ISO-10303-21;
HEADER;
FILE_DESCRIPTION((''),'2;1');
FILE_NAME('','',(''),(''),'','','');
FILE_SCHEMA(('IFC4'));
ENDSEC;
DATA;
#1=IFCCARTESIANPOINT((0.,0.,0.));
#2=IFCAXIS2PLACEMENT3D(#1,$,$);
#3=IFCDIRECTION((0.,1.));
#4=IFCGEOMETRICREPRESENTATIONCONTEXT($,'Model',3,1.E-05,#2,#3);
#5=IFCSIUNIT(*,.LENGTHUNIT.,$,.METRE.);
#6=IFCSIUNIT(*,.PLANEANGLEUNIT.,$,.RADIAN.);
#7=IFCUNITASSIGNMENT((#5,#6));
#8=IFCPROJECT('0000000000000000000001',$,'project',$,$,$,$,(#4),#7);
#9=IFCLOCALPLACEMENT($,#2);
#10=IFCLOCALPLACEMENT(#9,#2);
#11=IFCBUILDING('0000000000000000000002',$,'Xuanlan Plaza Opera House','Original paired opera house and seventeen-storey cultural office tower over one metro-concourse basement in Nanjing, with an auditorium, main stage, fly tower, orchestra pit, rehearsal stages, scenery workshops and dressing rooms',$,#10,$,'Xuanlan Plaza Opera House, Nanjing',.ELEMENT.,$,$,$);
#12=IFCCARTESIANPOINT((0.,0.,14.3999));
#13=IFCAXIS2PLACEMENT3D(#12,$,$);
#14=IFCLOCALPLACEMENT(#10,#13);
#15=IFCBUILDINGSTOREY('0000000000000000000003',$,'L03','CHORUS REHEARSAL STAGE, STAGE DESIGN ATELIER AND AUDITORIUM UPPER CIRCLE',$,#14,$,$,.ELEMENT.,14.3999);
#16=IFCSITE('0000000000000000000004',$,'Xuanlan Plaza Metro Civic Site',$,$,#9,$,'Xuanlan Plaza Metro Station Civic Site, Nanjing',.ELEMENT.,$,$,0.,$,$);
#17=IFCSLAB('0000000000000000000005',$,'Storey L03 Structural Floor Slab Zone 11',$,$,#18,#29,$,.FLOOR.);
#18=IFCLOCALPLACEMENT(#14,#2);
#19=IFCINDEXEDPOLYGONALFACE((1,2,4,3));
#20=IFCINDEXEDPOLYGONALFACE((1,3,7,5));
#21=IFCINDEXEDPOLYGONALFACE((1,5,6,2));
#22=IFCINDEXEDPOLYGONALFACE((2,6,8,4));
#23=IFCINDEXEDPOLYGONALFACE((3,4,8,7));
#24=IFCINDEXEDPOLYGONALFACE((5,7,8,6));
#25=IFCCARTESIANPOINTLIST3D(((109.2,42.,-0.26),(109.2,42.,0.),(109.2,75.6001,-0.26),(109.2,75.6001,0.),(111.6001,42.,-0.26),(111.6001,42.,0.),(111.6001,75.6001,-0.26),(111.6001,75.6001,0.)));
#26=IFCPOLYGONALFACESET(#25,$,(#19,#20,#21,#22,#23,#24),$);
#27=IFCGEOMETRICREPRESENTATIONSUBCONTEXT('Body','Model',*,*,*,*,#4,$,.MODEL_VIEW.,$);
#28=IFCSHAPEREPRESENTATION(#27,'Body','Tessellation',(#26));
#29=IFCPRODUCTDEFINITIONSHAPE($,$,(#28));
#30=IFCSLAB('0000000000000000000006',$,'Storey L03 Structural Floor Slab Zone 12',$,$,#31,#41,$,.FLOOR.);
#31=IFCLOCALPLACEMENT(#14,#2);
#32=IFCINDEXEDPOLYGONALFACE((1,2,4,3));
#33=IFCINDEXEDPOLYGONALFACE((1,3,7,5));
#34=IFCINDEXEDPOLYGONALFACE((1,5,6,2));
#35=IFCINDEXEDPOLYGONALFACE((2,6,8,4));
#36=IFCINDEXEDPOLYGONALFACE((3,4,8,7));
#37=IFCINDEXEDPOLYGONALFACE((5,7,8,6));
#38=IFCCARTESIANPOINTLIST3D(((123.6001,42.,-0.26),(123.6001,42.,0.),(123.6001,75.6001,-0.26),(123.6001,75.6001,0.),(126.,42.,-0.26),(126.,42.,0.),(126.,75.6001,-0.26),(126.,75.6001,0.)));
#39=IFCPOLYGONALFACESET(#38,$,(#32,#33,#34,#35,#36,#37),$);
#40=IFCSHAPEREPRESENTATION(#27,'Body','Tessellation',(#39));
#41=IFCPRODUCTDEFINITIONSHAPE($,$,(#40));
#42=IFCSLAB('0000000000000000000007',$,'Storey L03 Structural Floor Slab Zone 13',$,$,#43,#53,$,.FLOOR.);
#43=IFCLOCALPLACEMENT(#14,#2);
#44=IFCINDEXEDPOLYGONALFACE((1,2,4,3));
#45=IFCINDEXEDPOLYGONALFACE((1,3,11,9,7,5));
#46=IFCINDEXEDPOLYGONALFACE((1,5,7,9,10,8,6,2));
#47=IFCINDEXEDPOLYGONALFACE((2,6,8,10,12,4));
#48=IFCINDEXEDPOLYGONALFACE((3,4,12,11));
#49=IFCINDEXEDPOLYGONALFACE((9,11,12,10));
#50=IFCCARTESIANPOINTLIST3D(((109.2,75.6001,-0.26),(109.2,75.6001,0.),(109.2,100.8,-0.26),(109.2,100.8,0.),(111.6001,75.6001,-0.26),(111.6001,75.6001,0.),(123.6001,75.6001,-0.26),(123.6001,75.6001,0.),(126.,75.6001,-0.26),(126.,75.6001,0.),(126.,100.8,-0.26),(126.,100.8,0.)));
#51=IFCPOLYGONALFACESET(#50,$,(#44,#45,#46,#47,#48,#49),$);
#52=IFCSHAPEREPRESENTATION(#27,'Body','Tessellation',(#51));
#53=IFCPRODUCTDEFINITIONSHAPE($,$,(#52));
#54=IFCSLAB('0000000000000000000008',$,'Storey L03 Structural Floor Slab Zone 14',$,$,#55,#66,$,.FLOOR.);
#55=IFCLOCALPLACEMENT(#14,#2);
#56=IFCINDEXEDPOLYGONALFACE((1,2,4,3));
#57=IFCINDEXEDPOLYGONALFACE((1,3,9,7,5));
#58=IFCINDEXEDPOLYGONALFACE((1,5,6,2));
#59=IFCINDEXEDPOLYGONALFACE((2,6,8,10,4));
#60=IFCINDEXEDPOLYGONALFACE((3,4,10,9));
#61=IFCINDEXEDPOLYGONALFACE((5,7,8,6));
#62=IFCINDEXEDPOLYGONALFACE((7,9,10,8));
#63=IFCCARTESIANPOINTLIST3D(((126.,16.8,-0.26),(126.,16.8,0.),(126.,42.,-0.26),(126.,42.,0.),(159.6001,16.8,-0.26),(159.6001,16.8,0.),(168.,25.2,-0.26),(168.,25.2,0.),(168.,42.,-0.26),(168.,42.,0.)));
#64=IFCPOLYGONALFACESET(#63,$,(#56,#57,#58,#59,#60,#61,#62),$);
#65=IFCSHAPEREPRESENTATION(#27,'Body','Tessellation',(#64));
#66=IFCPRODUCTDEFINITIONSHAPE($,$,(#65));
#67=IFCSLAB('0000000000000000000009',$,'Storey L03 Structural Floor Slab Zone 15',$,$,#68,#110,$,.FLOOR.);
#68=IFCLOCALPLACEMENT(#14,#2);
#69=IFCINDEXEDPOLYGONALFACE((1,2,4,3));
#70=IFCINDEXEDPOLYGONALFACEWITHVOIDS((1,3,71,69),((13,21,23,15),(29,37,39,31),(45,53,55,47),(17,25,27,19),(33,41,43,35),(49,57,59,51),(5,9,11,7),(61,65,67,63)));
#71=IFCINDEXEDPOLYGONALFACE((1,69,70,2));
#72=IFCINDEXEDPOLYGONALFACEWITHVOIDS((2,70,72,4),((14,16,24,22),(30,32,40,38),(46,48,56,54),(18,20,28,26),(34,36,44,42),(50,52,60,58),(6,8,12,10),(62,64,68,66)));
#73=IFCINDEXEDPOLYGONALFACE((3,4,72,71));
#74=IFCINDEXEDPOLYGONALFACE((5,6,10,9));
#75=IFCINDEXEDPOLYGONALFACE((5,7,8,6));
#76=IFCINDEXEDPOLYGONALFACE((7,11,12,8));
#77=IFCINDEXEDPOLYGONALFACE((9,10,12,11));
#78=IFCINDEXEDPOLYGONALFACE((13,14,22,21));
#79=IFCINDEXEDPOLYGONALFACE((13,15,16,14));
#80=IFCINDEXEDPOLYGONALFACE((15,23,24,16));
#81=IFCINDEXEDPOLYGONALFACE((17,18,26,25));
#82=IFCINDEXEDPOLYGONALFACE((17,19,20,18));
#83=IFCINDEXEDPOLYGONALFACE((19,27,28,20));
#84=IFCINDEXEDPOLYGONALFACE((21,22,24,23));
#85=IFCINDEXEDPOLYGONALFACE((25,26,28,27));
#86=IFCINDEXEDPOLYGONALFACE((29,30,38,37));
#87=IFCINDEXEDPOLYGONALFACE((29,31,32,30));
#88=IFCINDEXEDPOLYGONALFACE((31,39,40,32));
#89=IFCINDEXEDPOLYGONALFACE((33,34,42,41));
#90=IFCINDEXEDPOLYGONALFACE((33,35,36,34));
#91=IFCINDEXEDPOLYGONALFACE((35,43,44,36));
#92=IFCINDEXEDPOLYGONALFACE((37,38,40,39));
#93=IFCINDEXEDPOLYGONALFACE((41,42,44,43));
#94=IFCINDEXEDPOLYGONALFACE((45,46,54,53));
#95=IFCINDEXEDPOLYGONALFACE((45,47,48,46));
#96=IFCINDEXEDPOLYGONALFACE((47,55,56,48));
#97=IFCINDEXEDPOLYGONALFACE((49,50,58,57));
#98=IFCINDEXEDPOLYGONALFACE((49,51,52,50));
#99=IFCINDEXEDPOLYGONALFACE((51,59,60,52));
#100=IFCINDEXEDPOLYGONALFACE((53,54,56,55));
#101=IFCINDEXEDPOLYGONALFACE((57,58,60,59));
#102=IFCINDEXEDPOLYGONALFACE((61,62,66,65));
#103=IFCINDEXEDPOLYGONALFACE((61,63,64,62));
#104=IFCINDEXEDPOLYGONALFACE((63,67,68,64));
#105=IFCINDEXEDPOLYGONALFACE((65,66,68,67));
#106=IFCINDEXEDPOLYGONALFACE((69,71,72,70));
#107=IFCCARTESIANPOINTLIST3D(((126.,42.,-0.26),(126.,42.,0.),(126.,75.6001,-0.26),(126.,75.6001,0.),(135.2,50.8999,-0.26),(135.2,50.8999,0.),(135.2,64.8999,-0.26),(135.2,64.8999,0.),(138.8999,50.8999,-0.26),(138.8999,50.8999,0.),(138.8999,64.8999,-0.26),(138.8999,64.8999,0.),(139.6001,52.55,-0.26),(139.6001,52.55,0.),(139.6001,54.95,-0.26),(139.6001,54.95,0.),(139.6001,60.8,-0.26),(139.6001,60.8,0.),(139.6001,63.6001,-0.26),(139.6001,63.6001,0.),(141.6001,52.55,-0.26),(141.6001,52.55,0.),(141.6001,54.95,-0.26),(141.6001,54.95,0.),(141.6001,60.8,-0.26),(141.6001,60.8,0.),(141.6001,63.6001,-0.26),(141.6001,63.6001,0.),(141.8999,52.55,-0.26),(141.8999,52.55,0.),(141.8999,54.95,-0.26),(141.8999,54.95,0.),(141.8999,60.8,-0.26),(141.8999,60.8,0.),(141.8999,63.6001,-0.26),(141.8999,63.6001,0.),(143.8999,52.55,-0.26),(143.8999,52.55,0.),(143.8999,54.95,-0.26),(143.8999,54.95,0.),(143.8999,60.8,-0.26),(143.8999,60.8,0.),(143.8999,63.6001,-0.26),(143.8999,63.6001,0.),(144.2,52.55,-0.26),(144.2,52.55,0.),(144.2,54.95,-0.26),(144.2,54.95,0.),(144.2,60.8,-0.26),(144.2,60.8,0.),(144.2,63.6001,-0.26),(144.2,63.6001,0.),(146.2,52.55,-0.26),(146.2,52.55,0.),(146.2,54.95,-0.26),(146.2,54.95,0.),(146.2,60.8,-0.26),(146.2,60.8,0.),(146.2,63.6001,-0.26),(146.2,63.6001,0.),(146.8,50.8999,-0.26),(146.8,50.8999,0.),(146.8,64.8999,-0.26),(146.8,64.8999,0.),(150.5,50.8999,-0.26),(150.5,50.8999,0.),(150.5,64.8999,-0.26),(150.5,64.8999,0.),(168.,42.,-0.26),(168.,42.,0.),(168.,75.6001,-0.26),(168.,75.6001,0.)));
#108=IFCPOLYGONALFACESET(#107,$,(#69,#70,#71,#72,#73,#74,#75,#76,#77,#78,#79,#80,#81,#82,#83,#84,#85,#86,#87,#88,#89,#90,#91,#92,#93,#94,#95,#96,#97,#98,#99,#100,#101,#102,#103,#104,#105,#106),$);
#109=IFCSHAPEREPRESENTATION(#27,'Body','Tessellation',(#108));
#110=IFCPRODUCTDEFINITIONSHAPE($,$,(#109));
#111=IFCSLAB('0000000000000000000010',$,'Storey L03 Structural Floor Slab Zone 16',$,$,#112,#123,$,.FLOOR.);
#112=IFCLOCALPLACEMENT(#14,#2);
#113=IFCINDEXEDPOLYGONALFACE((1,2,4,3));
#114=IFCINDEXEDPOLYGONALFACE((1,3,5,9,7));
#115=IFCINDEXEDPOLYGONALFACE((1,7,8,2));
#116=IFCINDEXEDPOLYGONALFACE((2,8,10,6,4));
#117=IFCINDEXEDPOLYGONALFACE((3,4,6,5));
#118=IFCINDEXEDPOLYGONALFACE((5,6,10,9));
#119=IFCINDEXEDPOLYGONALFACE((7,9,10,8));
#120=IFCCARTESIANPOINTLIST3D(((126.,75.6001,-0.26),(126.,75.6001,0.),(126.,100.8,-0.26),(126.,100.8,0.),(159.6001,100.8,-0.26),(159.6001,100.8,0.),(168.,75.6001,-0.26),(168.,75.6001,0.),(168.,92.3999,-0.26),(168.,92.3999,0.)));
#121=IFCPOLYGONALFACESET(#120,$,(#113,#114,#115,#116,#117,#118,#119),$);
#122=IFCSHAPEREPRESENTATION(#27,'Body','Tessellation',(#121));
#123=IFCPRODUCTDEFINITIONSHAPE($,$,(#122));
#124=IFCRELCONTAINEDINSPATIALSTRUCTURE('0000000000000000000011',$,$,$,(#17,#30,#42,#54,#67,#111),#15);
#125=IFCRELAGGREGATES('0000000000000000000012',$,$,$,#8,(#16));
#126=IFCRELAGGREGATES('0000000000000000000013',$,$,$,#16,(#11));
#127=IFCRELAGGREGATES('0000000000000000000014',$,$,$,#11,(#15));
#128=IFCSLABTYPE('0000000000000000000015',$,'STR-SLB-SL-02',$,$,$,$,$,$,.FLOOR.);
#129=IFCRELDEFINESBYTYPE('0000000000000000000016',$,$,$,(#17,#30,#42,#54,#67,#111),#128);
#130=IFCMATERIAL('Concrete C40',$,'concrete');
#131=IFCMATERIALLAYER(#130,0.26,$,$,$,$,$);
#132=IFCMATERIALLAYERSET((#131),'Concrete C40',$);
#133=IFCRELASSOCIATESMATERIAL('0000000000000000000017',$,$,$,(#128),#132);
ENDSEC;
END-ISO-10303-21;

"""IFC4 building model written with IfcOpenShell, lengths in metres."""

from ifc_helpers import new_model, si_unit, direction, frame, origin, place, context, subcontext, project, spatial, polyline, outline, extrude, material, layer, layer_set, type_object, element, save


model = new_model("IFC4")

# Units and contexts
model_context = context("Model", 3, precision=1e-05, world=origin(), true_north=direction((0.0, 1.0)))
body_context = subcontext(model_context, "Body", "Model", "MODEL_VIEW")
ifc_project = project(units=[si_unit("LENGTHUNIT", "METRE"), si_unit("PLANEANGLEUNIT", "RADIAN")], contexts=[model_context])

# Site, building, storey
site_placement = place(None, origin())
site = spatial("IfcSite", under=ifc_project, at=site_placement, Name="Xuanlan Plaza Metro Civic Site", LongName="Xuanlan Plaza Metro Station Civic Site, Nanjing", CompositionType="ELEMENT", RefElevation=0.0)
building_placement = place(site_placement, origin())
building = spatial("IfcBuilding", under=site, at=building_placement, Name="Xuanlan Plaza Opera House", Description="Original paired opera house and seventeen-storey cultural office tower over one metro-concourse basement in Nanjing, with an auditorium, main stage, fly tower, orchestra pit, rehearsal stages, scenery workshops and dressing rooms", LongName="Xuanlan Plaza Opera House, Nanjing", CompositionType="ELEMENT")
storey_placement = place(building_placement, frame((0.0, 0.0, 14.3999)))
storey = spatial("IfcBuildingStorey", under=building, at=storey_placement, Name="L03", Description="CHORUS REHEARSAL STAGE, STAGE DESIGN ATELIER AND AUDITORIUM UPPER CIRCLE", CompositionType="ELEMENT", Elevation=14.3999)

# Shared definitions
ifc_material = material(Name="Concrete C40", Category="concrete")

# Slabs
ifc_layer_1 = layer(ifc_material, 0.26)
ifc_layer_set_1 = layer_set([ifc_layer_1], Name="Concrete C40")
slab_type_1 = type_object("IfcSlabType", Name="STR-SLB-SL-02", PredefinedType="FLOOR", material=ifc_layer_set_1)
slab_1_placement = place(storey_placement, frame((0.0, 0.0, -0.26)))
element("IfcSlab", 1, at=slab_1_placement, inside=storey, type_object=slab_type_1, Name="Storey L03 Structural Floor Slab Zone 11", PredefinedType="FLOOR", context=body_context, shape_type="SweptSolid", body=[
    extrude(outline(polyline([(111.6001, 42.0), (109.2, 42.0), (109.2, 75.6001), (111.6001, 75.6001), (111.6001, 42.0)])), origin(), (0.0, 0.0, 1.0), 0.26),
])
slab_2_placement = place(storey_placement, frame((0.0, 0.0, -0.26)))
element("IfcSlab", 2, at=slab_2_placement, inside=storey, type_object=slab_type_1, Name="Storey L03 Structural Floor Slab Zone 12", PredefinedType="FLOOR", context=body_context, shape_type="SweptSolid", body=[
    extrude(outline(polyline([(123.6001, 75.6001), (126.0, 75.6001), (126.0, 42.0), (123.6001, 42.0), (123.6001, 75.6001)])), origin(), (0.0, 0.0, 1.0), 0.26),
])
slab_3_placement = place(storey_placement, frame((0.0, 0.0, -0.26)))
element("IfcSlab", 3, at=slab_3_placement, inside=storey, type_object=slab_type_1, Name="Storey L03 Structural Floor Slab Zone 13", PredefinedType="FLOOR", context=body_context, shape_type="SweptSolid", body=[
    extrude(outline(polyline([(126.0, 100.8), (126.0, 75.6001), (123.6001, 75.6001), (111.6001, 75.6001), (109.2, 75.6001), (109.2, 100.8), (126.0, 100.8)])), origin(), (0.0, 0.0, 1.0), 0.26),
])
slab_4_placement = place(storey_placement, frame((0.0, 0.0, -0.26)))
element("IfcSlab", 4, at=slab_4_placement, inside=storey, type_object=slab_type_1, Name="Storey L03 Structural Floor Slab Zone 14", PredefinedType="FLOOR", context=body_context, shape_type="SweptSolid", body=[
    extrude(outline(polyline([(168.0, 25.2), (159.6001, 16.8), (126.0, 16.8), (126.0, 42.0), (168.0, 42.0), (168.0, 25.2)])), origin(), (0.0, 0.0, 1.0), 0.26),
])
slab_5_placement = place(storey_placement, frame((0.0, 0.0, -0.26)))
element("IfcSlab", 5, at=slab_5_placement, inside=storey, type_object=slab_type_1, Name="Storey L03 Structural Floor Slab Zone 15", PredefinedType="FLOOR", context=body_context, shape_type="SweptSolid", body=[
    extrude(outline(polyline([(168.0, 42.0), (126.0, 42.0), (126.0, 75.6001), (168.0, 75.6001), (168.0, 42.0)]), holes=[polyline([(138.8999, 64.8999), (135.2, 64.8999), (135.2, 50.8999), (138.8999, 50.8999), (138.8999, 64.8999)]), polyline([(150.5, 50.8999), (150.5, 64.8999), (146.8, 64.8999), (146.8, 50.8999), (150.5, 50.8999)]), polyline([(141.6001, 60.8), (141.6001, 63.6001), (139.6001, 63.6001), (139.6001, 60.8), (141.6001, 60.8)]), polyline([(141.8999, 60.8), (143.8999, 60.8), (143.8999, 63.6001), (141.8999, 63.6001), (141.8999, 60.8)]), polyline([(144.2, 63.6001), (144.2, 60.8), (146.2, 60.8), (146.2, 63.6001), (144.2, 63.6001)]), polyline([(141.6001, 54.95), (139.6001, 54.95), (139.6001, 52.55), (141.6001, 52.55), (141.6001, 54.95)]), polyline([(143.8999, 52.55), (143.8999, 54.95), (141.8999, 54.95), (141.8999, 52.55), (143.8999, 52.55)]), polyline([(144.2, 52.55), (146.2, 52.55), (146.2, 54.95), (144.2, 54.95), (144.2, 52.55)])]), origin(), (0.0, 0.0, 1.0), 0.26),
])
slab_6_placement = place(storey_placement, frame((0.0, 0.0, -0.26)))
element("IfcSlab", 6, at=slab_6_placement, inside=storey, type_object=slab_type_1, Name="Storey L03 Structural Floor Slab Zone 16", PredefinedType="FLOOR", context=body_context, shape_type="SweptSolid", body=[
    extrude(outline(polyline([(168.0, 75.6001), (126.0, 75.6001), (126.0, 100.8), (159.6001, 100.8), (168.0, 92.3999), (168.0, 75.6001)])), origin(), (0.0, 0.0, 1.0), 0.26),
])

save(model, "model.ifc")
